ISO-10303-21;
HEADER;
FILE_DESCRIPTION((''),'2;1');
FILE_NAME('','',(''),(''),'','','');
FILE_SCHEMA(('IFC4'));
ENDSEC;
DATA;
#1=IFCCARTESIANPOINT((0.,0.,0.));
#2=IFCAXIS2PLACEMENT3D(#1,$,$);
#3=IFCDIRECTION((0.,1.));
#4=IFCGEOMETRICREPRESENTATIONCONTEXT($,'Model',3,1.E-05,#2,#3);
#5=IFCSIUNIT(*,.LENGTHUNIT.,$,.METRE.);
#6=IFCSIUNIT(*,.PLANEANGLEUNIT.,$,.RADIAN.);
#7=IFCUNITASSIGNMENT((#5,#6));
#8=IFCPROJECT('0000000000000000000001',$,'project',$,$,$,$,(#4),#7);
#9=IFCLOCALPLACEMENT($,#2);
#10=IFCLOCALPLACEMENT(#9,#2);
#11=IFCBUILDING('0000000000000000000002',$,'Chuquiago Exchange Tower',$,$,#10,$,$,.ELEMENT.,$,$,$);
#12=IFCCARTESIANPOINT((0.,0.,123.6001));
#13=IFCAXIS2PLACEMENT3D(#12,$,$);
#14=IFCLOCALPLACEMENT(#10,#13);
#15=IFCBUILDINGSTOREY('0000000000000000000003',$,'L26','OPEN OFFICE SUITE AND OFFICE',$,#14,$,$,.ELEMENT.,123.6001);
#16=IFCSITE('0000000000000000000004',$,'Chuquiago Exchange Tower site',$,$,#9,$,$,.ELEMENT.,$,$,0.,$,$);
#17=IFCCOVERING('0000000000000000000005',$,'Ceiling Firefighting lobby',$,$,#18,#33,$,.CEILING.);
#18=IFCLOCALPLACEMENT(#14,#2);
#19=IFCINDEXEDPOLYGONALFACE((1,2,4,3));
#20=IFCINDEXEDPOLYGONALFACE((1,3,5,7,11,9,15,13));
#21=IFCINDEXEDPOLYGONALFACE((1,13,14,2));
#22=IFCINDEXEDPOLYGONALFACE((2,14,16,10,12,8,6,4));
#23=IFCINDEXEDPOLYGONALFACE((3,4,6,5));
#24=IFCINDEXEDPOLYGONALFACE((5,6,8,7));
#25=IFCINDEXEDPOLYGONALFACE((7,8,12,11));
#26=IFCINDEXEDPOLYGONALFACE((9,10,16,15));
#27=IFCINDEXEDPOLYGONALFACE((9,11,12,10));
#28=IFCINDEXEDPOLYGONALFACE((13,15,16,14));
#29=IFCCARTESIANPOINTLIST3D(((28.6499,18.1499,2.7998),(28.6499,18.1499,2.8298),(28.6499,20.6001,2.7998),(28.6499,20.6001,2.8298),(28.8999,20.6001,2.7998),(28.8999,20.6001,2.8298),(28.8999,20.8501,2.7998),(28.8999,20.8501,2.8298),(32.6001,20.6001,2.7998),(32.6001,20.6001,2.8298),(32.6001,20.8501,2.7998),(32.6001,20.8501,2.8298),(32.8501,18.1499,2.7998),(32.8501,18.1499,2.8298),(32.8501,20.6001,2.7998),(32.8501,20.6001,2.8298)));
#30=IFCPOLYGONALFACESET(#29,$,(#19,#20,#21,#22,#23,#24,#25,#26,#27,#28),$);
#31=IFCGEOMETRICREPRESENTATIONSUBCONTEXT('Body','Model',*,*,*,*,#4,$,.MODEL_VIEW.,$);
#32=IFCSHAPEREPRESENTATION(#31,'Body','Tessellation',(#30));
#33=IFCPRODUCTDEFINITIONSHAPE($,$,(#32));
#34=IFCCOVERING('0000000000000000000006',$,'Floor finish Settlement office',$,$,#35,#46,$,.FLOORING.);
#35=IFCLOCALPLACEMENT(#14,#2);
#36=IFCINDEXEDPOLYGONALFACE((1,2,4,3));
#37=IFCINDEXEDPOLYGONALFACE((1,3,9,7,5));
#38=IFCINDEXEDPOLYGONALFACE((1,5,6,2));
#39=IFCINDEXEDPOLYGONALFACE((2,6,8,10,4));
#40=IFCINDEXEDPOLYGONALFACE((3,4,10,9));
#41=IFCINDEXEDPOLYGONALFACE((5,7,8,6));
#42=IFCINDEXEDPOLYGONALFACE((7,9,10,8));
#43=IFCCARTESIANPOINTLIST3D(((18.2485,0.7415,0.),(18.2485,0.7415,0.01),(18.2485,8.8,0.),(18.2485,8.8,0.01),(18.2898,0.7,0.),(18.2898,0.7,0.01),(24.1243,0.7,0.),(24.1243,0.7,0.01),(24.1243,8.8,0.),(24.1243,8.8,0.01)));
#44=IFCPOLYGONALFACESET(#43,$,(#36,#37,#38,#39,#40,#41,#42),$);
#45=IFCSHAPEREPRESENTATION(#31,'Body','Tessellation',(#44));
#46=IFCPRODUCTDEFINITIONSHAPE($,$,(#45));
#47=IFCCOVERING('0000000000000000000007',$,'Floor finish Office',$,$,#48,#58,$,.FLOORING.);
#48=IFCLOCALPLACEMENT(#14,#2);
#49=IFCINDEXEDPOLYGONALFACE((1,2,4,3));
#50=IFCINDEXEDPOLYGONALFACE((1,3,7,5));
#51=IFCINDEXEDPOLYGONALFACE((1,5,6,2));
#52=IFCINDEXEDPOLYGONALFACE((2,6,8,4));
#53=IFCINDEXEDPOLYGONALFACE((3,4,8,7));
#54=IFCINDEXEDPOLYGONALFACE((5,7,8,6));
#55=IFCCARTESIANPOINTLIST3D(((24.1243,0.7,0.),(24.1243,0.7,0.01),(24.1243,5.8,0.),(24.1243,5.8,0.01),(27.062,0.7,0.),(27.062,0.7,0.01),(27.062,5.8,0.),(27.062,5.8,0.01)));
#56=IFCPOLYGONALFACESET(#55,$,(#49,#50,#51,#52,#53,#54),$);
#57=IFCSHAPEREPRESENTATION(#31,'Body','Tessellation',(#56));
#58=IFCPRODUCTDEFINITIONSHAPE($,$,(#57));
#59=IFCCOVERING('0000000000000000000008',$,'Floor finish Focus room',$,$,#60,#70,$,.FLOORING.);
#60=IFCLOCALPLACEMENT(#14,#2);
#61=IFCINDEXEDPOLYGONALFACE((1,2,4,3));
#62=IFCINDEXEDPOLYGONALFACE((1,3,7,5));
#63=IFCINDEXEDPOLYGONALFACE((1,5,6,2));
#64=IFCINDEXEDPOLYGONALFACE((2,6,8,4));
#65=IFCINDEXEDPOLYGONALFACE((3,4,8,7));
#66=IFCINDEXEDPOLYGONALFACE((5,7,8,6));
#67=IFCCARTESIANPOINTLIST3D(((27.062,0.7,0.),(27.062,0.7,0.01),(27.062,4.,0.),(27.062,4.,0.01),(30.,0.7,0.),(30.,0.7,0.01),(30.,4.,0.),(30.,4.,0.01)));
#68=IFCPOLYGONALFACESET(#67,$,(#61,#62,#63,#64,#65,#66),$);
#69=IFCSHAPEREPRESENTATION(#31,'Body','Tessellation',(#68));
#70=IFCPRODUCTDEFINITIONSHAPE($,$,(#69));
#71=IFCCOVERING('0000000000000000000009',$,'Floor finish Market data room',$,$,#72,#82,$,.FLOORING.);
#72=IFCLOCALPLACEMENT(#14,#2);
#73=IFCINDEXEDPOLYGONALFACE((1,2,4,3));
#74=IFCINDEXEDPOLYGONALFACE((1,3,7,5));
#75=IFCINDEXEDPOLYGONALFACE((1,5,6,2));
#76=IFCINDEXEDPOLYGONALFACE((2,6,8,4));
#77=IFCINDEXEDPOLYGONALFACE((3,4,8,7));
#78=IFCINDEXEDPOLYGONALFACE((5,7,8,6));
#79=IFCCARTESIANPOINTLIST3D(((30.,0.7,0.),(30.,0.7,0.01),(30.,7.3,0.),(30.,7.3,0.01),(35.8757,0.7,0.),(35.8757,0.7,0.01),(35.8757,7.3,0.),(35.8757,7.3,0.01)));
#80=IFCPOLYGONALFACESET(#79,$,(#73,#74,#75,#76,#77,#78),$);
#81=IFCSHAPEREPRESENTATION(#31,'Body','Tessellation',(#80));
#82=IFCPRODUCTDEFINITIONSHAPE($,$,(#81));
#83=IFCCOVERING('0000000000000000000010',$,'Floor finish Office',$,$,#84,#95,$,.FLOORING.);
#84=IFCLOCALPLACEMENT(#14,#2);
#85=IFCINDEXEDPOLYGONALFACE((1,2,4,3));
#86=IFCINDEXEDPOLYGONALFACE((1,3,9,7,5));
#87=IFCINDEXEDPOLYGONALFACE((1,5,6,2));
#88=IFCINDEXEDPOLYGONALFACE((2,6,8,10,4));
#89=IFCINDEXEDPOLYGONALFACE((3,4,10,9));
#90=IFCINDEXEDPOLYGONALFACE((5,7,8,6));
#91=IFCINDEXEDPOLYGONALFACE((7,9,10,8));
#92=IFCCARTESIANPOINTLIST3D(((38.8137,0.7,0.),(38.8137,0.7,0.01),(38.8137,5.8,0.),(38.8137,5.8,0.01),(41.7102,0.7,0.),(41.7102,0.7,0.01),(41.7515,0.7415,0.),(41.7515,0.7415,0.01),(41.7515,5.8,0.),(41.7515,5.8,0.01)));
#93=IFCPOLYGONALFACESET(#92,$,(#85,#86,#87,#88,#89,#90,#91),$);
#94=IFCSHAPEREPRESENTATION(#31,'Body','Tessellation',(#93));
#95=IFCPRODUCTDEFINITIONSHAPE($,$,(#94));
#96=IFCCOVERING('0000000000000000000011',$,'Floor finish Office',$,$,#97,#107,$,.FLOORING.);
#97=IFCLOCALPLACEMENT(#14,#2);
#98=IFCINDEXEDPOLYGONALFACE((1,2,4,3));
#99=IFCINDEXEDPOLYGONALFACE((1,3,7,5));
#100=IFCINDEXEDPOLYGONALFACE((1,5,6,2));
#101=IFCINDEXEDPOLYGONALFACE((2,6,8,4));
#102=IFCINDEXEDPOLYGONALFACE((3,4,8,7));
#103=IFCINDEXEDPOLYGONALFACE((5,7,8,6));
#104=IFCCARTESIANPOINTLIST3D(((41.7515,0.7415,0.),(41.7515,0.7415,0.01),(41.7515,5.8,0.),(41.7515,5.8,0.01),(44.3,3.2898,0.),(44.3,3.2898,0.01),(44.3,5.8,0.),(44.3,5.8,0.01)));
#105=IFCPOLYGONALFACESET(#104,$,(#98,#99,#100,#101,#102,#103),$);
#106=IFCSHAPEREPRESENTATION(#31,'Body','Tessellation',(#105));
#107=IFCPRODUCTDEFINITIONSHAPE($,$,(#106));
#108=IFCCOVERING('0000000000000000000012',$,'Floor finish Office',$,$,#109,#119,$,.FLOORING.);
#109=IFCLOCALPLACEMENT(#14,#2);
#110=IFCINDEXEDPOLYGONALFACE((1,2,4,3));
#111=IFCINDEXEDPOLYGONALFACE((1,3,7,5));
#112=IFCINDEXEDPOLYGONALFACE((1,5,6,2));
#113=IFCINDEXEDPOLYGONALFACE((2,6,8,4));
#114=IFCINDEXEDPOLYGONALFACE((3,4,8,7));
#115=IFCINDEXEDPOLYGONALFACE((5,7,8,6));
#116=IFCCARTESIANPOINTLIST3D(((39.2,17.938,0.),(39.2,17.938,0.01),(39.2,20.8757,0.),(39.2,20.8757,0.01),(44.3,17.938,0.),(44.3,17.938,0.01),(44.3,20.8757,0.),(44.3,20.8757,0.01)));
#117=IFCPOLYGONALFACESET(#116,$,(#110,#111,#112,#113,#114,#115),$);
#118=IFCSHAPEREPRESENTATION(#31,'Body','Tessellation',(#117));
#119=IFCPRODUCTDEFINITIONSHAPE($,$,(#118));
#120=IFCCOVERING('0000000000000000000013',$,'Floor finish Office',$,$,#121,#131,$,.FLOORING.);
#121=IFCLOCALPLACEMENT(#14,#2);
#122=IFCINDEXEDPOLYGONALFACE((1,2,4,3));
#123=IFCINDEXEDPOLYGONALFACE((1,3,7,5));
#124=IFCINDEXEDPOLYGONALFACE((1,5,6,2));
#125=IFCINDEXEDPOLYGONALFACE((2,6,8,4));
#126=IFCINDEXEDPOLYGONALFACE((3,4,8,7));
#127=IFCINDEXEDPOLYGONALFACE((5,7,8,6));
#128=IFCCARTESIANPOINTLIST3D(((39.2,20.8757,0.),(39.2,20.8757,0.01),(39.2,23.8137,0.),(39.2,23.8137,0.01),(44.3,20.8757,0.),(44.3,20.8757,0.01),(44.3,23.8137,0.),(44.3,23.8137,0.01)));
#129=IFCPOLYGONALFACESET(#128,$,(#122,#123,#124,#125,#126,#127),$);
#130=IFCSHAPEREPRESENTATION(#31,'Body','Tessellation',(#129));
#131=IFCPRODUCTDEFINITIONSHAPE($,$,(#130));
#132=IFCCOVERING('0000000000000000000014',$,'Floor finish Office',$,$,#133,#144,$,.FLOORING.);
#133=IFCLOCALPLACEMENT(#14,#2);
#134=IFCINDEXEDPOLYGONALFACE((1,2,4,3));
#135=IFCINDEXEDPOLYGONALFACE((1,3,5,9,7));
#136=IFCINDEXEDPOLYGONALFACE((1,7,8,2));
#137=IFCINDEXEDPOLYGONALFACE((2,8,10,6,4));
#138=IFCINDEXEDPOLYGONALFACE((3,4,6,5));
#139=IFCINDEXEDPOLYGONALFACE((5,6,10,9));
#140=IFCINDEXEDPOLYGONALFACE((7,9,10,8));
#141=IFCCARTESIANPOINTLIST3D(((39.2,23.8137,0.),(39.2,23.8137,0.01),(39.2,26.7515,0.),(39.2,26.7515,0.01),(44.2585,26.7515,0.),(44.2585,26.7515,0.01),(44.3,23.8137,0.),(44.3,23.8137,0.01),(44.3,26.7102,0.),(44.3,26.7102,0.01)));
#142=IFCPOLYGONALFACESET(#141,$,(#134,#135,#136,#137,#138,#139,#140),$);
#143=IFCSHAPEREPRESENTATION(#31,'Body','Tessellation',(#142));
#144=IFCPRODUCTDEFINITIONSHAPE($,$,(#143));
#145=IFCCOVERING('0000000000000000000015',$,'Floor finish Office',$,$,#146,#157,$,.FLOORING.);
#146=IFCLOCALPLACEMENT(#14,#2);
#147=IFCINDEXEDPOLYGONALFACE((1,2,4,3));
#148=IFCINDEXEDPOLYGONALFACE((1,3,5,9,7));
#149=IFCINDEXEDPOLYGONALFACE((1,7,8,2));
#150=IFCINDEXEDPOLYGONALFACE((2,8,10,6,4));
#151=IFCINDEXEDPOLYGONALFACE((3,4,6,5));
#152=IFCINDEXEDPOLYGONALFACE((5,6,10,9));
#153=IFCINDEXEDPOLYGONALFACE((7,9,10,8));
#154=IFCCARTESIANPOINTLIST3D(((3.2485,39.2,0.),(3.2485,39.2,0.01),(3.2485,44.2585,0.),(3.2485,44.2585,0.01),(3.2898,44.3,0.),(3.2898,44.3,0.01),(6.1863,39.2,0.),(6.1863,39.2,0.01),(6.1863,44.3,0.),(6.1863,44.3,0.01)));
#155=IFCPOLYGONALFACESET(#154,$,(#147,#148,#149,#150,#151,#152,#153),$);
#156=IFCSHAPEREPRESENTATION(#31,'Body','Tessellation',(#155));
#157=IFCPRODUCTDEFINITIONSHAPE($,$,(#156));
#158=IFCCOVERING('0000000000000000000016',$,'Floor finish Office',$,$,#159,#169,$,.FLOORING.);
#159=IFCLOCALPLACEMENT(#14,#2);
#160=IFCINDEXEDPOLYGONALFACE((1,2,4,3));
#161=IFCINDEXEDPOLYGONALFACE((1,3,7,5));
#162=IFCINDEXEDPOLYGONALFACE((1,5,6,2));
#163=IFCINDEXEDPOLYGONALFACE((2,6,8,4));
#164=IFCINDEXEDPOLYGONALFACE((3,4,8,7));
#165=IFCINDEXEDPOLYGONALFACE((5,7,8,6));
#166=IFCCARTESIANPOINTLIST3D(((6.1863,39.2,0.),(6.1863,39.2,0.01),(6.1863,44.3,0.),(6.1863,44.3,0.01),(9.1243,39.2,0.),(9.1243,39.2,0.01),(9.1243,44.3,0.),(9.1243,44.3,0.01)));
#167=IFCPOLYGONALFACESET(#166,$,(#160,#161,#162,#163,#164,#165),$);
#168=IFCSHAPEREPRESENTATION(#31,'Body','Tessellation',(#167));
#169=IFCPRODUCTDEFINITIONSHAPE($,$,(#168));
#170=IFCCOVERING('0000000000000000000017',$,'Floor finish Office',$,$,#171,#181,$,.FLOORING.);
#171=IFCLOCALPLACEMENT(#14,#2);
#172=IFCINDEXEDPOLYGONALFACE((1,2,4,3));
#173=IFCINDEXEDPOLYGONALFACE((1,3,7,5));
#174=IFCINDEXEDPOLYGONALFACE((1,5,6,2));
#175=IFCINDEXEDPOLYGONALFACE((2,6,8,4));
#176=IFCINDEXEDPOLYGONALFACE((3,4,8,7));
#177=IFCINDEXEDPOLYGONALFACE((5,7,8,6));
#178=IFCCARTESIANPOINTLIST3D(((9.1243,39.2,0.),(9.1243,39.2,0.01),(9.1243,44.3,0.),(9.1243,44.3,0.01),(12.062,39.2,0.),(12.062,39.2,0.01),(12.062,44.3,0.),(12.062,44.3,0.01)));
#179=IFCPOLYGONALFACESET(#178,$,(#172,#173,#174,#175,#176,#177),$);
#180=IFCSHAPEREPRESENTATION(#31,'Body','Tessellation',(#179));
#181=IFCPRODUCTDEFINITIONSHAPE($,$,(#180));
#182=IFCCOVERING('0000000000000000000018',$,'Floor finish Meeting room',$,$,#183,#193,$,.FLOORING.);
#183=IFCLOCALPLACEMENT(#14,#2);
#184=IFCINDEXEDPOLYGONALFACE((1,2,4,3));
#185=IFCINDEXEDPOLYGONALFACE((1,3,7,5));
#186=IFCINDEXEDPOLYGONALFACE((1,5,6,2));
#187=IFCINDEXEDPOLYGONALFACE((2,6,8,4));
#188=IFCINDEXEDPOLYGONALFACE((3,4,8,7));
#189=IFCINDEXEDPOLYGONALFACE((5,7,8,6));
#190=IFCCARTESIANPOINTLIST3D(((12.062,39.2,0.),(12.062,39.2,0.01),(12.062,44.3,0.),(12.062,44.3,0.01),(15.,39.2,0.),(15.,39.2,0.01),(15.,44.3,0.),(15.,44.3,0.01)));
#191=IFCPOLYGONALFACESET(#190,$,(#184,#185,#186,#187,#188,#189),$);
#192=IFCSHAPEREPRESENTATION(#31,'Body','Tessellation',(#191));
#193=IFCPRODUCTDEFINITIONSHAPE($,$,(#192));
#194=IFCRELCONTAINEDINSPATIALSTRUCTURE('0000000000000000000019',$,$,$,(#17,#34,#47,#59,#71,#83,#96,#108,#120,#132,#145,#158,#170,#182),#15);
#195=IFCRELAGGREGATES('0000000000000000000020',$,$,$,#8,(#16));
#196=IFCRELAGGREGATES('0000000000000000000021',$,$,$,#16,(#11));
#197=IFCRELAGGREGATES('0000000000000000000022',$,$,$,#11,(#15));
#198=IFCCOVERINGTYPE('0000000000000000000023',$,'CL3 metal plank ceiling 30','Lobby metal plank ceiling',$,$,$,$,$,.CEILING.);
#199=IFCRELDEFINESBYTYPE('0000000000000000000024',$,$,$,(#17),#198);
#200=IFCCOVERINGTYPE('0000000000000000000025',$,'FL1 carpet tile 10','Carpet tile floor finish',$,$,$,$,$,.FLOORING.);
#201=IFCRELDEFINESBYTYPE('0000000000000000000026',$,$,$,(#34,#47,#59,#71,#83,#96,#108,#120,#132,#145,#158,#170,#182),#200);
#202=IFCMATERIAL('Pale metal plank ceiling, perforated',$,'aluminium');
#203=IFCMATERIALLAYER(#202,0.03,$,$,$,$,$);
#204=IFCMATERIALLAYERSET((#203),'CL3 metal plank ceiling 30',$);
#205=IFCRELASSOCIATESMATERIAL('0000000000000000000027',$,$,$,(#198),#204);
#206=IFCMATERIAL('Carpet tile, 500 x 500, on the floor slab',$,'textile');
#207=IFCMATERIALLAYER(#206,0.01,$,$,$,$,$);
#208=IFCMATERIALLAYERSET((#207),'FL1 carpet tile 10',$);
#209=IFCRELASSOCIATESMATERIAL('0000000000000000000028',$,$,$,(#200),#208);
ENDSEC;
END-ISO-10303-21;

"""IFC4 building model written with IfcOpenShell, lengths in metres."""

from ifc_helpers import new_model, si_unit, direction, frame, origin, place, context, subcontext, project, spatial, polyline, outline, extrude, material, layer, layer_set, type_object, element, save


model = new_model("IFC4")

# Units and contexts
model_context = context("Model", 3, precision=1e-05, world=origin(), true_north=direction((0.0, 1.0)))
body_context = subcontext(model_context, "Body", "Model", "MODEL_VIEW")
ifc_project = project(units=[si_unit("LENGTHUNIT", "METRE"), si_unit("PLANEANGLEUNIT", "RADIAN")], contexts=[model_context])

# Site, building, storey
site_placement = place(None, origin())
site = spatial("IfcSite", under=ifc_project, at=site_placement, Name="Chuquiago Exchange Tower site", CompositionType="ELEMENT", RefElevation=0.0)
building_placement = place(site_placement, origin())
building = spatial("IfcBuilding", under=site, at=building_placement, Name="Chuquiago Exchange Tower", CompositionType="ELEMENT")
storey_placement = place(building_placement, frame((0.0, 0.0, 123.6001)))
storey = spatial("IfcBuildingStorey", under=building, at=storey_placement, Name="L26", Description="OPEN OFFICE SUITE AND OFFICE", CompositionType="ELEMENT", Elevation=123.6001)

# Coverings
ifc_material_1 = material(Name="Pale metal plank ceiling, perforated", Category="aluminium")
ifc_layer_1 = layer(ifc_material_1, 0.03)
ifc_layer_set_1 = layer_set([ifc_layer_1], Name="CL3 metal plank ceiling 30")
covering_type_1 = type_object("IfcCoveringType", Name="CL3 metal plank ceiling 30", Description="Lobby metal plank ceiling", PredefinedType="CEILING", material=ifc_layer_set_1)
covering_1_placement = place(storey_placement, frame((0.0, 0.0, 2.7998)))
element("IfcCovering", 1, at=covering_1_placement, inside=storey, type_object=covering_type_1, Name="Ceiling Firefighting lobby", PredefinedType="CEILING", context=body_context, shape_type="SweptSolid", body=[
    extrude(outline(polyline([(28.6499, 18.1499), (28.6499, 20.6001), (28.8999, 20.6001), (28.8999, 20.8501), (32.6001, 20.8501), (32.6001, 20.6001), (32.8501, 20.6001), (32.8501, 18.1499), (28.6499, 18.1499)])), origin(), (0.0, 0.0, 1.0), 0.03),
])
ifc_material_2 = material(Name="Carpet tile, 500 x 500, on the floor slab", Category="textile")
ifc_layer_2 = layer(ifc_material_2, 0.01)
ifc_layer_set_2 = layer_set([ifc_layer_2], Name="FL1 carpet tile 10")
covering_type_2 = type_object("IfcCoveringType", Name="FL1 carpet tile 10", Description="Carpet tile floor finish", PredefinedType="FLOORING", material=ifc_layer_set_2)
covering_2_placement = place(storey_placement, origin())
element("IfcCovering", 2, at=covering_2_placement, inside=storey, type_object=covering_type_2, Name="Floor finish Settlement office", PredefinedType="FLOORING", context=body_context, shape_type="SweptSolid", body=[
    extrude(outline(polyline([(18.2898, 0.7), (18.2485, 0.7415), (18.2485, 8.8), (24.1243, 8.8), (24.1243, 0.7), (18.2898, 0.7)])), origin(), (0.0, 0.0, 1.0), 0.01),
])
covering_3_placement = place(storey_placement, origin())
element("IfcCovering", 3, at=covering_3_placement, inside=storey, type_object=covering_type_2, Name="Floor finish Office", PredefinedType="FLOORING", context=body_context, shape_type="SweptSolid", body=[
    extrude(outline(polyline([(24.1243, 0.7), (24.1243, 5.8), (27.062, 5.8), (27.062, 0.7), (24.1243, 0.7)])), origin(), (0.0, 0.0, 1.0), 0.01),
])
covering_4_placement = place(storey_placement, origin())
element("IfcCovering", 4, at=covering_4_placement, inside=storey, type_object=covering_type_2, Name="Floor finish Focus room", PredefinedType="FLOORING", context=body_context, shape_type="SweptSolid", body=[
    extrude(outline(polyline([(27.062, 0.7), (27.062, 4.0), (30.0, 4.0), (30.0, 0.7), (27.062, 0.7)])), origin(), (0.0, 0.0, 1.0), 0.01),
])
covering_5_placement = place(storey_placement, origin())
element("IfcCovering", 5, at=covering_5_placement, inside=storey, type_object=covering_type_2, Name="Floor finish Market data room", PredefinedType="FLOORING", context=body_context, shape_type="SweptSolid", body=[
    extrude(outline(polyline([(30.0, 0.7), (30.0, 7.3), (35.8757, 7.3), (35.8757, 0.7), (30.0, 0.7)])), origin(), (0.0, 0.0, 1.0), 0.01),
])
covering_6_placement = place(storey_placement, origin())
element("IfcCovering", 6, at=covering_6_placement, inside=storey, type_object=covering_type_2, Name="Floor finish Office", PredefinedType="FLOORING", context=body_context, shape_type="SweptSolid", body=[
    extrude(outline(polyline([(41.7102, 0.7), (38.8137, 0.7), (38.8137, 5.8), (41.7515, 5.8), (41.7515, 0.7415), (41.7102, 0.7)])), origin(), (0.0, 0.0, 1.0), 0.01),
])
covering_7_placement = place(storey_placement, origin())
element("IfcCovering", 7, at=covering_7_placement, inside=storey, type_object=covering_type_2, Name="Floor finish Office", PredefinedType="FLOORING", context=body_context, shape_type="SweptSolid", body=[
    extrude(outline(polyline([(44.3, 3.2898), (41.7515, 0.7415), (41.7515, 5.8), (44.3, 5.8), (44.3, 3.2898)])), origin(), (0.0, 0.0, 1.0), 0.01),
])
covering_8_placement = place(storey_placement, origin())
element("IfcCovering", 8, at=covering_8_placement, inside=storey, type_object=covering_type_2, Name="Floor finish Office", PredefinedType="FLOORING", context=body_context, shape_type="SweptSolid", body=[
    extrude(outline(polyline([(44.3, 17.938), (39.2, 17.938), (39.2, 20.8757), (44.3, 20.8757), (44.3, 17.938)])), origin(), (0.0, 0.0, 1.0), 0.01),
])
covering_9_placement = place(storey_placement, origin())
element("IfcCovering", 9, at=covering_9_placement, inside=storey, type_object=covering_type_2, Name="Floor finish Office", PredefinedType="FLOORING", context=body_context, shape_type="SweptSolid", body=[
    extrude(outline(polyline([(44.3, 20.8757), (39.2, 20.8757), (39.2, 23.8137), (44.3, 23.8137), (44.3, 20.8757)])), origin(), (0.0, 0.0, 1.0), 0.01),
])
covering_10_placement = place(storey_placement, origin())
element("IfcCovering", 10, at=covering_10_placement, inside=storey, type_object=covering_type_2, Name="Floor finish Office", PredefinedType="FLOORING", context=body_context, shape_type="SweptSolid", body=[
    extrude(outline(polyline([(44.3, 26.7102), (44.3, 23.8137), (39.2, 23.8137), (39.2, 26.7515), (44.2585, 26.7515), (44.3, 26.7102)])), origin(), (0.0, 0.0, 1.0), 0.01),
])
covering_11_placement = place(storey_placement, origin())
element("IfcCovering", 11, at=covering_11_placement, inside=storey, type_object=covering_type_2, Name="Floor finish Office", PredefinedType="FLOORING", context=body_context, shape_type="SweptSolid", body=[
    extrude(outline(polyline([(3.2898, 44.3), (6.1863, 44.3), (6.1863, 39.2), (3.2485, 39.2), (3.2485, 44.2585), (3.2898, 44.3)])), origin(), (0.0, 0.0, 1.0), 0.01),
])
covering_12_placement = place(storey_placement, origin())
element("IfcCovering", 12, at=covering_12_placement, inside=storey, type_object=covering_type_2, Name="Floor finish Office", PredefinedType="FLOORING", context=body_context, shape_type="SweptSolid", body=[
    extrude(outline(polyline([(9.1243, 44.3), (9.1243, 39.2), (6.1863, 39.2), (6.1863, 44.3), (9.1243, 44.3)])), origin(), (0.0, 0.0, 1.0), 0.01),
])
covering_13_placement = place(storey_placement, origin())
element("IfcCovering", 13, at=covering_13_placement, inside=storey, type_object=covering_type_2, Name="Floor finish Office", PredefinedType="FLOORING", context=body_context, shape_type="SweptSolid", body=[
    extrude(outline(polyline([(12.062, 44.3), (12.062, 39.2), (9.1243, 39.2), (9.1243, 44.3), (12.062, 44.3)])), origin(), (0.0, 0.0, 1.0), 0.01),
])
covering_14_placement = place(storey_placement, origin())
element("IfcCovering", 14, at=covering_14_placement, inside=storey, type_object=covering_type_2, Name="Floor finish Meeting room", PredefinedType="FLOORING", context=body_context, shape_type="SweptSolid", body=[
    extrude(outline(polyline([(15.0, 44.3), (15.0, 39.2), (12.062, 39.2), (12.062, 44.3), (15.0, 44.3)])), origin(), (0.0, 0.0, 1.0), 0.01),
])

save(model, "model.ifc")
